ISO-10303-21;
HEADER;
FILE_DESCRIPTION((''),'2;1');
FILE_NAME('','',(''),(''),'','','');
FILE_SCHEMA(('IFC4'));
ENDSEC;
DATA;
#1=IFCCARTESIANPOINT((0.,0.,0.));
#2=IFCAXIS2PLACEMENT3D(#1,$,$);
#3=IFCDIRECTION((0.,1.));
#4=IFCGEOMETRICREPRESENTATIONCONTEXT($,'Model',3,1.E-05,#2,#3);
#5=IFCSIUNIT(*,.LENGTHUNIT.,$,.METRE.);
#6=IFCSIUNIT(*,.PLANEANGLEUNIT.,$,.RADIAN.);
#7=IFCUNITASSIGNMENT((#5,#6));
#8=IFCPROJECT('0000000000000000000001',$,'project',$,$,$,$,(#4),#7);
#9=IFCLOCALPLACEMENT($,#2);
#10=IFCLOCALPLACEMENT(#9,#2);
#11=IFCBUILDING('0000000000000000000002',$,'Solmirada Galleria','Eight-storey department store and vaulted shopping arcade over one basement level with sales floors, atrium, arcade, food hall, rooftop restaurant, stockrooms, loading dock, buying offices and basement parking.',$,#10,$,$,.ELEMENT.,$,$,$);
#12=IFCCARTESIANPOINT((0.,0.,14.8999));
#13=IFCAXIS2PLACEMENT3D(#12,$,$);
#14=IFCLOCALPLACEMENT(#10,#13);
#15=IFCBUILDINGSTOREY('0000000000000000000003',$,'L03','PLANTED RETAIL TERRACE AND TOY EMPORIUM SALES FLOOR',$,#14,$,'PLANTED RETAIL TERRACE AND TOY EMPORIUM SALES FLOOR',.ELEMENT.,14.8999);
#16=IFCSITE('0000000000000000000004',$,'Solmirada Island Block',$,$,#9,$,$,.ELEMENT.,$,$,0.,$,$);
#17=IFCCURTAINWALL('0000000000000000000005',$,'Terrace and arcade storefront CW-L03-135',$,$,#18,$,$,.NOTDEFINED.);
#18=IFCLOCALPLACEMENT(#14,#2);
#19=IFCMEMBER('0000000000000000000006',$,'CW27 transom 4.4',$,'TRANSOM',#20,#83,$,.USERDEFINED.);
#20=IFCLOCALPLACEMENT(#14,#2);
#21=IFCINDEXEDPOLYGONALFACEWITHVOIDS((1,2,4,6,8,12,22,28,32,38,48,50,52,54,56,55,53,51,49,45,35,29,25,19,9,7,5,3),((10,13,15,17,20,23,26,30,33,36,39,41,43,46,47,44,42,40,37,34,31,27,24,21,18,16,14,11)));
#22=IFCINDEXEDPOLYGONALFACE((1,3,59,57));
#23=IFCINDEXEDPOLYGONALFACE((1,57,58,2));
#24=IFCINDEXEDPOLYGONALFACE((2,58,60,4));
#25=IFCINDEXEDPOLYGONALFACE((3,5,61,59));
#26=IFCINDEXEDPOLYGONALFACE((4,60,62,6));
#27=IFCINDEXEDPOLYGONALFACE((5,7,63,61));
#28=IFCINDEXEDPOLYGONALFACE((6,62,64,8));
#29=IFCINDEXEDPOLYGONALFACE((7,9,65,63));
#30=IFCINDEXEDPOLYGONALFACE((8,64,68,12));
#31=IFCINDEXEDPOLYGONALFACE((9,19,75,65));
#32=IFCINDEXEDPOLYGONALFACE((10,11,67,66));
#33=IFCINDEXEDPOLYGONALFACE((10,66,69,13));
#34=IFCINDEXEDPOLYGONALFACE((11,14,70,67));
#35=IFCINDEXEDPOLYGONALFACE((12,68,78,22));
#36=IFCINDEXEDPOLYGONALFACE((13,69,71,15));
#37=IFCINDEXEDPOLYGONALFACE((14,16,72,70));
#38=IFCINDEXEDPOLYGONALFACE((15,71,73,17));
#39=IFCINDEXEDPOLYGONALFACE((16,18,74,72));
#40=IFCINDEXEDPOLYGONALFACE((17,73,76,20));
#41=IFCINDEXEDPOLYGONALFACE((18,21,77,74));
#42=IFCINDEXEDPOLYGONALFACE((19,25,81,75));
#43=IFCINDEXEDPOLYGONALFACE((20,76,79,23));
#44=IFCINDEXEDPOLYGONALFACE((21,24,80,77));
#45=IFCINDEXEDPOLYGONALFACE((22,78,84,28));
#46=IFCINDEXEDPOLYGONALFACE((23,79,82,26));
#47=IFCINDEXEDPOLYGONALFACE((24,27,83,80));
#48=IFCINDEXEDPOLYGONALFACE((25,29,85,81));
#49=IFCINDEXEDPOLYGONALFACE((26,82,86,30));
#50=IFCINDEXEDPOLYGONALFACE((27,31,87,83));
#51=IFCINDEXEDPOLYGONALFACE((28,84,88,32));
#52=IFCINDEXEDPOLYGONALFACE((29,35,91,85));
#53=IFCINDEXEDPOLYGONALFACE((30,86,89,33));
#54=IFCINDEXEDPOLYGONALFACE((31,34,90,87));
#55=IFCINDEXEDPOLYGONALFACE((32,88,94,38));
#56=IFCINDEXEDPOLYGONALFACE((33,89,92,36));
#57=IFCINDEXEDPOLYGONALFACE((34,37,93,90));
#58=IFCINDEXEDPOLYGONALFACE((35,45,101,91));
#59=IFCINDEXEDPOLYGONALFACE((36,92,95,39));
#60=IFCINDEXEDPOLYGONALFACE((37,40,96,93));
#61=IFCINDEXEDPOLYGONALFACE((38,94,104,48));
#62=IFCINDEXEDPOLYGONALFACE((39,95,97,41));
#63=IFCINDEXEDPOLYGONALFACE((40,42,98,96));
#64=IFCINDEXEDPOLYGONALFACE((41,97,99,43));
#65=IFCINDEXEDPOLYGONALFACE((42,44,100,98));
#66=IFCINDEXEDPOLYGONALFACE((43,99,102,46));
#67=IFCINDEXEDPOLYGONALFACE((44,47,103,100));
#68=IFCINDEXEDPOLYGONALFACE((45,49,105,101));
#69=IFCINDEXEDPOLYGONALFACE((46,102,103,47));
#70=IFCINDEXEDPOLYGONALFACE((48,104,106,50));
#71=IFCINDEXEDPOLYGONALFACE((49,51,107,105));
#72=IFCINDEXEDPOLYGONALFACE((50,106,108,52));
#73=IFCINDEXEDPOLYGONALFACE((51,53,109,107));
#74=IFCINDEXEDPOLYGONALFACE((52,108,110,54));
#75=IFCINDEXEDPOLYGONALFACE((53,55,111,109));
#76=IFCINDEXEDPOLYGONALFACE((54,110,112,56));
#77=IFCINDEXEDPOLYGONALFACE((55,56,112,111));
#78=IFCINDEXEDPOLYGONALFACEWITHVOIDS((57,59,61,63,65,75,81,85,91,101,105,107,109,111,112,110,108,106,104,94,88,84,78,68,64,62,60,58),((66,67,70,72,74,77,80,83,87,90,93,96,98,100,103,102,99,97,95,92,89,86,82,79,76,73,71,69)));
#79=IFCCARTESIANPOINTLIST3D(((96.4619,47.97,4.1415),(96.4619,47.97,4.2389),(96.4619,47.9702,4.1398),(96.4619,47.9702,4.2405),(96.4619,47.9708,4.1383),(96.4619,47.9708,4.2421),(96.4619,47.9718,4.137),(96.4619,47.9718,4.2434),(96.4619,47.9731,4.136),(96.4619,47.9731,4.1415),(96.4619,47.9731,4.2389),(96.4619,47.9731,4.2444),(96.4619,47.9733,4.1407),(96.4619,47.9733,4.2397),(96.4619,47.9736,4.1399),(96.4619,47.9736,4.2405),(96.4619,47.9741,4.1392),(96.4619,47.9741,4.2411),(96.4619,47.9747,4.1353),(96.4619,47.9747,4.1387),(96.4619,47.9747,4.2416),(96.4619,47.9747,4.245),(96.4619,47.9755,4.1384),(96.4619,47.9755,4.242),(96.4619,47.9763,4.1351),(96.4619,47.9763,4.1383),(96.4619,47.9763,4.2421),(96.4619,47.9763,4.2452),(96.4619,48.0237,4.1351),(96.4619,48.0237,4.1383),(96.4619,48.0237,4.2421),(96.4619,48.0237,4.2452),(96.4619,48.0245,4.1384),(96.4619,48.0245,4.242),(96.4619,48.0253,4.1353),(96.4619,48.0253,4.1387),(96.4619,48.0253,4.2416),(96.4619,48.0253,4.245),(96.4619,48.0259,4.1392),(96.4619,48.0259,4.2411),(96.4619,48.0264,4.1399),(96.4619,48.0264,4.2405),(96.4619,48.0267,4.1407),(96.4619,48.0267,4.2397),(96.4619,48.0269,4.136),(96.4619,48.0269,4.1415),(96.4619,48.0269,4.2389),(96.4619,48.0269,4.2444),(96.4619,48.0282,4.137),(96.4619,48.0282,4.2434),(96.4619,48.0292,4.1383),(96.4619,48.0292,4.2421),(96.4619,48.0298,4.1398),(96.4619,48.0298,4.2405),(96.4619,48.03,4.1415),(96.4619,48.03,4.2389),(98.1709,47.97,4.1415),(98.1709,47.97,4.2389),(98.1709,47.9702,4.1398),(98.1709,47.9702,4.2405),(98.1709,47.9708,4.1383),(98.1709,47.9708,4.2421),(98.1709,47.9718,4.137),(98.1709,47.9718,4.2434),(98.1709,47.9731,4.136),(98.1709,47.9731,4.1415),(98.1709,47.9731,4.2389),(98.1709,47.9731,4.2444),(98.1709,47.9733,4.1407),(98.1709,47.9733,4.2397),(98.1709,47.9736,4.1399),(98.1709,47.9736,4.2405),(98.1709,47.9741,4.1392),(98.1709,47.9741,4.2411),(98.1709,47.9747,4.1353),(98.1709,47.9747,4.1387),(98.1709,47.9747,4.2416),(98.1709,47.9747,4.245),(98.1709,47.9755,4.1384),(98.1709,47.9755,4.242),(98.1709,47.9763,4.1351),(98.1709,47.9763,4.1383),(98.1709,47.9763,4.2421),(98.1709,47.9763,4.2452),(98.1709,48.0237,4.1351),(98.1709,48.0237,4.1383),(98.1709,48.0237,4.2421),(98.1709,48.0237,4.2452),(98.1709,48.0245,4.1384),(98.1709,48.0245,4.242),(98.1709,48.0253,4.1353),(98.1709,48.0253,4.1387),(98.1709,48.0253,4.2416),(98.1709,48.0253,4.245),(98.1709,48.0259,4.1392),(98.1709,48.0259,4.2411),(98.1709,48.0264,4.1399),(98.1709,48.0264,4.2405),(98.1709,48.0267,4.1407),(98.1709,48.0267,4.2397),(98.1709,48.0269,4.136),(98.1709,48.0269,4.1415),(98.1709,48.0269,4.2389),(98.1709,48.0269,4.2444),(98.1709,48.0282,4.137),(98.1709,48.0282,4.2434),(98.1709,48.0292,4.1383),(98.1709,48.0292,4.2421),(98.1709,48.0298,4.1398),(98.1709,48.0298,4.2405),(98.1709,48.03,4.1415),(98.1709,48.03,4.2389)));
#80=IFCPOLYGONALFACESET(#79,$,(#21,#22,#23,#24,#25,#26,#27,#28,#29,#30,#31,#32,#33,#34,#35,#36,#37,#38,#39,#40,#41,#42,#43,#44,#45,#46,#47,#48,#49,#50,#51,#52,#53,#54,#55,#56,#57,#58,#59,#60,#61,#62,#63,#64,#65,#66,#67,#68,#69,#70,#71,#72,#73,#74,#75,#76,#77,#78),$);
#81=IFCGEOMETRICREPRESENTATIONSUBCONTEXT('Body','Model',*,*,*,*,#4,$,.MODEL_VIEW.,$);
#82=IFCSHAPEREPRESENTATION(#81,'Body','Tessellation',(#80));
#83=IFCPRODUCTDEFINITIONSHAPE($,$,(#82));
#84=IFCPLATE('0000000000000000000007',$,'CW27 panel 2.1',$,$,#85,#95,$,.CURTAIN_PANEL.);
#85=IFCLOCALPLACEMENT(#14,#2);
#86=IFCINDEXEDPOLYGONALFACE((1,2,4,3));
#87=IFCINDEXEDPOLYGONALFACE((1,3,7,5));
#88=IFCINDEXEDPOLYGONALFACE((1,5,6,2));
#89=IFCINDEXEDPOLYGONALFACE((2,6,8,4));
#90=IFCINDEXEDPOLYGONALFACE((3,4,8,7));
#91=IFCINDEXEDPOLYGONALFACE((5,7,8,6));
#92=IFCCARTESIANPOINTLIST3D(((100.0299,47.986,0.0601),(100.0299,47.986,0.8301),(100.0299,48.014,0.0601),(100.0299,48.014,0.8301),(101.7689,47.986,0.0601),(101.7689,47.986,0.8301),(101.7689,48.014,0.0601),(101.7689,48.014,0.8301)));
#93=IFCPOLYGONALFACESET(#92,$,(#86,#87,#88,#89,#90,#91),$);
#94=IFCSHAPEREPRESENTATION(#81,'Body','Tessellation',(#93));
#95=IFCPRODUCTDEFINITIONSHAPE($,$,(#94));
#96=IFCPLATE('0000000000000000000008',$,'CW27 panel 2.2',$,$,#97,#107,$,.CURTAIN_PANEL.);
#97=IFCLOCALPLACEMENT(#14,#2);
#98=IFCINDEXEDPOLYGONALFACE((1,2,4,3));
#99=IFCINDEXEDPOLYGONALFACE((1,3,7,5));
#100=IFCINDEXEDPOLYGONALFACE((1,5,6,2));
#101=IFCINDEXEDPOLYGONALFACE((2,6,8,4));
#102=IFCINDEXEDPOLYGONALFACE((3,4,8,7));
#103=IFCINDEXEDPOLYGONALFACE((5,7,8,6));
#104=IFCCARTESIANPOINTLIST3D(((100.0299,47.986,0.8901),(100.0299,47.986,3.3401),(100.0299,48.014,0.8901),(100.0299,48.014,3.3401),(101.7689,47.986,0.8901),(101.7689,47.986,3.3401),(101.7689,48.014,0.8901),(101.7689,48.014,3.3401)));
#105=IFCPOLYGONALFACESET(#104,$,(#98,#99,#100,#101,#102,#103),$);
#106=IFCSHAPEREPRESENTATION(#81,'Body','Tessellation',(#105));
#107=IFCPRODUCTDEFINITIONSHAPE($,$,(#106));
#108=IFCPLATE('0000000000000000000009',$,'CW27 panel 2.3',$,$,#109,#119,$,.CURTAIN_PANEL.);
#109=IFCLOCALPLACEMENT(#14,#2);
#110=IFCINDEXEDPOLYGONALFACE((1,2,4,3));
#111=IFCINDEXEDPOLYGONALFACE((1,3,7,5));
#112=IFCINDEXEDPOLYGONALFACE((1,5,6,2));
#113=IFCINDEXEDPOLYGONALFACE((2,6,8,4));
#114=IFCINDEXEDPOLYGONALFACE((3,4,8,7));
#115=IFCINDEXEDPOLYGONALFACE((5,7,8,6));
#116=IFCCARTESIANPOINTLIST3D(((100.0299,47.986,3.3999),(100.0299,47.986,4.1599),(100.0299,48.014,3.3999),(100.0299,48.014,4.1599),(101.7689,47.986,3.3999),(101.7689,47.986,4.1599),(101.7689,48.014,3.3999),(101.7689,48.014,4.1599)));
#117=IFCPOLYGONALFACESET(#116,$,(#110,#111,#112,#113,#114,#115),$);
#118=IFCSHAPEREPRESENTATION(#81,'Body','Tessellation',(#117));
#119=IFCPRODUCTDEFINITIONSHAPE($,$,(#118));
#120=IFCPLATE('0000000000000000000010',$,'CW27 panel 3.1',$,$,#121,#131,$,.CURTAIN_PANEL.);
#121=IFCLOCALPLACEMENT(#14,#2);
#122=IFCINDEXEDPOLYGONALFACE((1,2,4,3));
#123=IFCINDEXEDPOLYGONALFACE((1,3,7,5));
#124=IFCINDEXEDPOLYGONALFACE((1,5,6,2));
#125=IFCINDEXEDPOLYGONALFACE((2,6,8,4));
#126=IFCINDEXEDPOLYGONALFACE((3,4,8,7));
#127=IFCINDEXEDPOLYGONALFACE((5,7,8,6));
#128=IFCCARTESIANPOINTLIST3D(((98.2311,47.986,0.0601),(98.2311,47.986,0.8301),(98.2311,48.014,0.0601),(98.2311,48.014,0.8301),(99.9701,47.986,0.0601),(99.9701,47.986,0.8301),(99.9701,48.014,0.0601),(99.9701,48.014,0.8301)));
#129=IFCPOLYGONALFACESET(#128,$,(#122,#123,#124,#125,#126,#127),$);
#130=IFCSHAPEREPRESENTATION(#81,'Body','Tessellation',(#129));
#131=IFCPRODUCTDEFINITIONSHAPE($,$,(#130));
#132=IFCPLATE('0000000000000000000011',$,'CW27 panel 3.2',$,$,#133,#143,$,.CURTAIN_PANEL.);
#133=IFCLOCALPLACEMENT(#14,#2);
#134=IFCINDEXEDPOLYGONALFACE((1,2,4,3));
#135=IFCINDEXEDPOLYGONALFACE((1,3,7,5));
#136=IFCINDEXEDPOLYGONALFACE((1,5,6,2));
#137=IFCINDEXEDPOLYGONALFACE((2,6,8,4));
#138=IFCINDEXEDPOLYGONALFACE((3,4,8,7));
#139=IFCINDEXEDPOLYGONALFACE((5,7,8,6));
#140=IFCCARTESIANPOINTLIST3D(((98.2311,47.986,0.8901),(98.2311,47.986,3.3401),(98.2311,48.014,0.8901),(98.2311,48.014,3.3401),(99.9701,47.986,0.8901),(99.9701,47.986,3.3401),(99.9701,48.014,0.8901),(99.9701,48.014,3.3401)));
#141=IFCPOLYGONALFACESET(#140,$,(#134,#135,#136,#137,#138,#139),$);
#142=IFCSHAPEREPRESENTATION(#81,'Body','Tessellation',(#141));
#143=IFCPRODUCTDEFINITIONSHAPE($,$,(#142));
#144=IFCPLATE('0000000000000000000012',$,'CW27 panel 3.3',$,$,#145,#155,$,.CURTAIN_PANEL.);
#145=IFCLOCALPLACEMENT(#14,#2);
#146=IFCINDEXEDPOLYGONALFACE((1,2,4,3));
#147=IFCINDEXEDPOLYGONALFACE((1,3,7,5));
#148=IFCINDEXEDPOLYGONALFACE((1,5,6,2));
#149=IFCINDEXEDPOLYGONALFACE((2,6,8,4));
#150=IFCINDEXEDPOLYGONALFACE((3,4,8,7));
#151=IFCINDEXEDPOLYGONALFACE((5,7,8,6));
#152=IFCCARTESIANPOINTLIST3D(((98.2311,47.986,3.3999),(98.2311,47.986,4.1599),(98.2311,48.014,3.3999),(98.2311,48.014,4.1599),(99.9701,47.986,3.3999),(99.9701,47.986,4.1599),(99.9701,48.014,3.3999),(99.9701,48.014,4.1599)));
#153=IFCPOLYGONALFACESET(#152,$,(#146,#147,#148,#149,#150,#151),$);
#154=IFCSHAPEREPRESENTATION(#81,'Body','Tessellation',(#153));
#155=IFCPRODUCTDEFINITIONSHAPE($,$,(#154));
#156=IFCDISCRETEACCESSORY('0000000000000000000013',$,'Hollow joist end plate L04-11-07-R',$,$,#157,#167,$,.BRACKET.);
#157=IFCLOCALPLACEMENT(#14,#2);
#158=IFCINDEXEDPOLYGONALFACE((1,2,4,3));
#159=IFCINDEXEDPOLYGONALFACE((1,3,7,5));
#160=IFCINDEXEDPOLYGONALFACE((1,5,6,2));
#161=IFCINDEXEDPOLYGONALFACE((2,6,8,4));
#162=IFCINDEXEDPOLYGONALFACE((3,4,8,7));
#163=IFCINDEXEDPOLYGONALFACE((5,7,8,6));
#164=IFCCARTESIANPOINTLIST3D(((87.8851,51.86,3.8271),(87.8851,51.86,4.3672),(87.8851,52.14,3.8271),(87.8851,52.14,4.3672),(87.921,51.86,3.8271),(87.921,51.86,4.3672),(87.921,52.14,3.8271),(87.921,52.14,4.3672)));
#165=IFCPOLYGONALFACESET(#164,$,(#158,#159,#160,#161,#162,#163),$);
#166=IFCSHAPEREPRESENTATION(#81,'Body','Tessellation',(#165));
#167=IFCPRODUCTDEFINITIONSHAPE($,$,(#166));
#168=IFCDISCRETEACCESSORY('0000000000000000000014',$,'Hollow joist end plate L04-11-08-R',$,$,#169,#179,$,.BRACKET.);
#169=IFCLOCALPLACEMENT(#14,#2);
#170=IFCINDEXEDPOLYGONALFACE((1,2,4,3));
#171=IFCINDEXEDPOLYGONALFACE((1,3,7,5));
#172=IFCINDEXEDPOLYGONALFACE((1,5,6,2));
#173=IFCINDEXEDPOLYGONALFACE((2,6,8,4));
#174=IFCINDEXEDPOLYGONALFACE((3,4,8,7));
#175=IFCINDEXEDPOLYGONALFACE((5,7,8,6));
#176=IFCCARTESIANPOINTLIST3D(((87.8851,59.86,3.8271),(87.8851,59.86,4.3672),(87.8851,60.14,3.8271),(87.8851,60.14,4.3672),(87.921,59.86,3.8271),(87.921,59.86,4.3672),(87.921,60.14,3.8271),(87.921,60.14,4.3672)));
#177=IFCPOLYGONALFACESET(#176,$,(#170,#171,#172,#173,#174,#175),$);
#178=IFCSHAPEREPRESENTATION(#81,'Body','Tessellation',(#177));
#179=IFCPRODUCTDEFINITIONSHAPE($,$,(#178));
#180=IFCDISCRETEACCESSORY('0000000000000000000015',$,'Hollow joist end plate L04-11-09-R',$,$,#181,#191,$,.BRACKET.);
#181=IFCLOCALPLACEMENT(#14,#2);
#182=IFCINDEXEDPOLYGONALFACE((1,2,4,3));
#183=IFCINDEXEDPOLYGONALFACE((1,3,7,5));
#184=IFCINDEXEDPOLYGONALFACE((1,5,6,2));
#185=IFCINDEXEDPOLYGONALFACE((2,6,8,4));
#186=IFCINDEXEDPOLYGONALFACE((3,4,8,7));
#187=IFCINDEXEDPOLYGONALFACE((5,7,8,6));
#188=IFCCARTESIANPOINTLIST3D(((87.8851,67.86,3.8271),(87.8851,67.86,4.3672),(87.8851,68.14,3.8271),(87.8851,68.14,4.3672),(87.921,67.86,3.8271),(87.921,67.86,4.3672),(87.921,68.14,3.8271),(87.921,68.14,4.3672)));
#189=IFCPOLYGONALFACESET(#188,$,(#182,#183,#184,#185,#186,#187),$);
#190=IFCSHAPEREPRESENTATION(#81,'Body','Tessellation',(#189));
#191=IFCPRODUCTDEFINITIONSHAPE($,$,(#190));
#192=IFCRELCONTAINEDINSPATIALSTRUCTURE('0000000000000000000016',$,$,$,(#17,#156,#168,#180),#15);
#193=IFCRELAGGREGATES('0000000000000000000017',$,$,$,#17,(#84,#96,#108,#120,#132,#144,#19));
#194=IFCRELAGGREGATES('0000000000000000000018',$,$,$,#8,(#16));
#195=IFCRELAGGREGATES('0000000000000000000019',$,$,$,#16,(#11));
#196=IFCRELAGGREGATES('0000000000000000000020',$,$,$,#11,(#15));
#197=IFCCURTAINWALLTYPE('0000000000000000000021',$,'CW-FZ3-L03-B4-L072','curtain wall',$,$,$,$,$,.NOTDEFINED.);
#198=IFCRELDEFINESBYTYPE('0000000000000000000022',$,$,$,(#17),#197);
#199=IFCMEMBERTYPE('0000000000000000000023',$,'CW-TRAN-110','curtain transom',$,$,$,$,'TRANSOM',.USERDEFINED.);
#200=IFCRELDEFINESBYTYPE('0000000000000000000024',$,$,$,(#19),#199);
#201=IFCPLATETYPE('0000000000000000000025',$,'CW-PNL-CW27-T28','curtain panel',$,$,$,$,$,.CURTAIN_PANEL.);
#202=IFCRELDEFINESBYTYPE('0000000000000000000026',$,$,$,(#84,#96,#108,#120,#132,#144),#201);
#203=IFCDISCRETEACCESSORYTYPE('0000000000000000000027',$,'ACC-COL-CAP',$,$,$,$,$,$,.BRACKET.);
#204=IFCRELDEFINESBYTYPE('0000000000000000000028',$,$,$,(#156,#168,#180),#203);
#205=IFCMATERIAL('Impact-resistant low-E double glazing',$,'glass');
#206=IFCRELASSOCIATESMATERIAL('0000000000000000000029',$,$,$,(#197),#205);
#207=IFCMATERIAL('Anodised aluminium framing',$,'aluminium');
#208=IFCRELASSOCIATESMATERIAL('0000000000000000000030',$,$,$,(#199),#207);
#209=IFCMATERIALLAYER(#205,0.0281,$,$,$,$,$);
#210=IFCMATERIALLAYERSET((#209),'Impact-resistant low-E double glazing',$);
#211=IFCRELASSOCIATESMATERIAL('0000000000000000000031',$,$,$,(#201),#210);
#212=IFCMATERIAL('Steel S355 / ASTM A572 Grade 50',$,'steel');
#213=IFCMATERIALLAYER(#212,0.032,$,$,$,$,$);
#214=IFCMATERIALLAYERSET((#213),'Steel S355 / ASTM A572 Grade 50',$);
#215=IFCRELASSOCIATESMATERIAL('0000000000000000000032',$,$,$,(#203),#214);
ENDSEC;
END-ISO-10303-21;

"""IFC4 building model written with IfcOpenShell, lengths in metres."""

from ifc_helpers import new_model, si_unit, direction, frame, origin, origin_2d, place, context, subcontext, project, spatial, rectangle, hollow_rectangle, extrude, material, layer, layer_set, material_profile, profile_set, type_object, element, aggregate, save


model = new_model("IFC4")

# Units and contexts
model_context = context("Model", 3, precision=1e-05, world=origin(), true_north=direction((0.0, 1.0)))
body_context = subcontext(model_context, "Body", "Model", "MODEL_VIEW")
ifc_project = project(units=[si_unit("LENGTHUNIT", "METRE"), si_unit("PLANEANGLEUNIT", "RADIAN")], contexts=[model_context])

# Site, building, storey
site_placement = place(None, origin())
site = spatial("IfcSite", under=ifc_project, at=site_placement, Name="Solmirada Island Block", CompositionType="ELEMENT", RefElevation=0.0)
building_placement = place(site_placement, origin())
building = spatial("IfcBuilding", under=site, at=building_placement, Name="Solmirada Galleria", Description="Eight-storey department store and vaulted shopping arcade over one basement level with sales floors, atrium, arcade, food hall, rooftop restaurant, stockrooms, loading dock, buying offices and basement parking.", CompositionType="ELEMENT")
storey_placement = place(building_placement, frame((0.0, 0.0, 14.8999)))
storey = spatial("IfcBuildingStorey", under=building, at=storey_placement, Name="L03", Description="PLANTED RETAIL TERRACE AND TOY EMPORIUM SALES FLOOR", LongName="PLANTED RETAIL TERRACE AND TOY EMPORIUM SALES FLOOR", CompositionType="ELEMENT", Elevation=14.8999)

# Curtain wall, member, plates
ifc_material_1 = material(Name="Impact-resistant low-E double glazing", Category="glass")
curtain_wall_type = type_object("IfcCurtainWallType", Name="CW-FZ3-L03-B4-L072", Description="curtain wall", PredefinedType="NOTDEFINED", material=ifc_material_1)
curtain_wall_placement = place(storey_placement, origin())
curtain_wall = element("IfcCurtainWall", 1, at=curtain_wall_placement, inside=storey, type_object=curtain_wall_type, Name="Terrace and arcade storefront CW-L03-135", PredefinedType="NOTDEFINED")
ifc_material_2 = material(Name="Anodised aluminium framing", Category="aluminium")
ifc_material_profile_1 = material_profile(ifc_material_2, hollow_rectangle(XDim=0.0601, YDim=0.1101, WallThickness=0.0032, InnerFilletRadius=0.0032, OuterFilletRadius=0.0063, at=origin_2d()), Name="ALU-TRAN-110X60")
ifc_profile_set_1 = profile_set([ifc_material_profile_1], Name="Anodised aluminium framing")
member_type_1 = type_object("IfcMemberType", Name="CW-TRAN-110", Description="curtain transom", ElementType="TRANSOM", PredefinedType="USERDEFINED", material=ifc_profile_set_1)
member_1_placement = place(storey_placement, frame((98.1709, 48.0, 4.1902), z_axis=(-1.0, 0.0, 0.0), x_axis=(0.0, -1.0, 0.0)))
member_1 = element("IfcMember", 2, at=member_1_placement, type_object=member_type_1, Name="CW27 transom 4.4", ObjectType="TRANSOM", PredefinedType="USERDEFINED", context=body_context, shape_type="SweptSolid", body=[
    extrude(hollow_rectangle(XDim=0.0601, YDim=0.1101, WallThickness=0.0032, InnerFilletRadius=0.0032, OuterFilletRadius=0.0063, at=origin_2d()), origin(), (0.0, 0.0, 1.0), 1.709),
])
ifc_layer_1 = layer(ifc_material_1, 0.0281)
ifc_layer_set_1 = layer_set([ifc_layer_1], Name="Impact-resistant low-E double glazing")
plate_type = type_object("IfcPlateType", Name="CW-PNL-CW27-T28", Description="curtain panel", PredefinedType="CURTAIN_PANEL", material=ifc_layer_set_1)
plate_1_placement = place(storey_placement, frame((100.8994, 48.0, 0.0601), z_axis=(0.0, 0.0, 1.0), x_axis=(-1.0, 0.0, 0.0)))
plate_1 = element("IfcPlate", 3, at=plate_1_placement, type_object=plate_type, Name="CW27 panel 2.1", PredefinedType="CURTAIN_PANEL", context=body_context, shape_type="SweptSolid", body=[
    extrude(rectangle(XDim=1.739, YDim=0.0281, at=origin_2d()), origin(), (0.0, 0.0, 1.0), 0.77),
])
plate_2_placement = place(storey_placement, frame((100.8994, 48.0, 0.8901), z_axis=(0.0, 0.0, 1.0), x_axis=(-1.0, 0.0, 0.0)))
plate_2 = element("IfcPlate", 4, at=plate_2_placement, type_object=plate_type, Name="CW27 panel 2.2", PredefinedType="CURTAIN_PANEL", context=body_context, shape_type="SweptSolid", body=[
    extrude(rectangle(XDim=1.739, YDim=0.0281, at=origin_2d()), origin(), (0.0, 0.0, 1.0), 2.45),
])
plate_3_placement = place(storey_placement, frame((100.8994, 48.0, 3.3999), z_axis=(0.0, 0.0, 1.0), x_axis=(-1.0, 0.0, 0.0)))
plate_3 = element("IfcPlate", 5, at=plate_3_placement, type_object=plate_type, Name="CW27 panel 2.3", PredefinedType="CURTAIN_PANEL", context=body_context, shape_type="SweptSolid", body=[
    extrude(rectangle(XDim=1.739, YDim=0.0281, at=origin_2d()), origin(), (0.0, 0.0, 1.0), 0.76),
])
plate_4_placement = place(storey_placement, frame((99.1006, 48.0, 0.0601), z_axis=(0.0, 0.0, 1.0), x_axis=(-1.0, 0.0, 0.0)))
plate_4 = element("IfcPlate", 6, at=plate_4_placement, type_object=plate_type, Name="CW27 panel 3.1", PredefinedType="CURTAIN_PANEL", context=body_context, shape_type="SweptSolid", body=[
    extrude(rectangle(XDim=1.739, YDim=0.0281, at=origin_2d()), origin(), (0.0, 0.0, 1.0), 0.77),
])
plate_5_placement = place(storey_placement, frame((99.1006, 48.0, 0.8901), z_axis=(0.0, 0.0, 1.0), x_axis=(-1.0, 0.0, 0.0)))
plate_5 = element("IfcPlate", 7, at=plate_5_placement, type_object=plate_type, Name="CW27 panel 3.2", PredefinedType="CURTAIN_PANEL", context=body_context, shape_type="SweptSolid", body=[
    extrude(rectangle(XDim=1.739, YDim=0.0281, at=origin_2d()), origin(), (0.0, 0.0, 1.0), 2.45),
])
plate_6_placement = place(storey_placement, frame((99.1006, 48.0, 3.3999), z_axis=(0.0, 0.0, 1.0), x_axis=(-1.0, 0.0, 0.0)))
plate_6 = element("IfcPlate", 8, at=plate_6_placement, type_object=plate_type, Name="CW27 panel 3.3", PredefinedType="CURTAIN_PANEL", context=body_context, shape_type="SweptSolid", body=[
    extrude(rectangle(XDim=1.739, YDim=0.0281, at=origin_2d()), origin(), (0.0, 0.0, 1.0), 0.76),
])
aggregate(curtain_wall, [plate_1, plate_2, plate_3, plate_4, plate_5, plate_6, member_1])

# Discrete accessories
ifc_material_3 = material(Name="Steel S355 / ASTM A572 Grade 50", Category="steel")
ifc_layer_2 = layer(ifc_material_3, 0.032)
ifc_layer_set_2 = layer_set([ifc_layer_2], Name="Steel S355 / ASTM A572 Grade 50")
discrete_accessory_type = type_object("IfcDiscreteAccessoryType", Name="ACC-COL-CAP", PredefinedType="BRACKET", material=ifc_layer_set_2)
for number, where, z_axis, x_axis, name in (
    (9, (87.9031, 52.0, 3.8271), (0.0, 0.0, 1.0), (1.0, 0.0, 0.0), "Hollow joist end plate L04-11-07-R"),
    (10, (87.9031, 60.0, 3.8271), (0.0, 0.0, 1.0), (1.0, 0.0, 0.0), "Hollow joist end plate L04-11-08-R"),
    (11, (87.9031, 68.0, 3.8271), (0.0, 0.0, 1.0), (1.0, 0.0, 0.0), "Hollow joist end plate L04-11-09-R"),
):
    element("IfcDiscreteAccessory", number, at=place(storey_placement, frame(where, z_axis=z_axis, x_axis=x_axis)), inside=storey, type_object=discrete_accessory_type, Name=name, PredefinedType="BRACKET", context=body_context, shape_type="SweptSolid", body=[
        extrude(rectangle(XDim=0.0359, YDim=0.28, at=origin_2d()), origin(), (0.0, 0.0, 1.0), 0.54),
    ])

save(model, "model.ifc")
